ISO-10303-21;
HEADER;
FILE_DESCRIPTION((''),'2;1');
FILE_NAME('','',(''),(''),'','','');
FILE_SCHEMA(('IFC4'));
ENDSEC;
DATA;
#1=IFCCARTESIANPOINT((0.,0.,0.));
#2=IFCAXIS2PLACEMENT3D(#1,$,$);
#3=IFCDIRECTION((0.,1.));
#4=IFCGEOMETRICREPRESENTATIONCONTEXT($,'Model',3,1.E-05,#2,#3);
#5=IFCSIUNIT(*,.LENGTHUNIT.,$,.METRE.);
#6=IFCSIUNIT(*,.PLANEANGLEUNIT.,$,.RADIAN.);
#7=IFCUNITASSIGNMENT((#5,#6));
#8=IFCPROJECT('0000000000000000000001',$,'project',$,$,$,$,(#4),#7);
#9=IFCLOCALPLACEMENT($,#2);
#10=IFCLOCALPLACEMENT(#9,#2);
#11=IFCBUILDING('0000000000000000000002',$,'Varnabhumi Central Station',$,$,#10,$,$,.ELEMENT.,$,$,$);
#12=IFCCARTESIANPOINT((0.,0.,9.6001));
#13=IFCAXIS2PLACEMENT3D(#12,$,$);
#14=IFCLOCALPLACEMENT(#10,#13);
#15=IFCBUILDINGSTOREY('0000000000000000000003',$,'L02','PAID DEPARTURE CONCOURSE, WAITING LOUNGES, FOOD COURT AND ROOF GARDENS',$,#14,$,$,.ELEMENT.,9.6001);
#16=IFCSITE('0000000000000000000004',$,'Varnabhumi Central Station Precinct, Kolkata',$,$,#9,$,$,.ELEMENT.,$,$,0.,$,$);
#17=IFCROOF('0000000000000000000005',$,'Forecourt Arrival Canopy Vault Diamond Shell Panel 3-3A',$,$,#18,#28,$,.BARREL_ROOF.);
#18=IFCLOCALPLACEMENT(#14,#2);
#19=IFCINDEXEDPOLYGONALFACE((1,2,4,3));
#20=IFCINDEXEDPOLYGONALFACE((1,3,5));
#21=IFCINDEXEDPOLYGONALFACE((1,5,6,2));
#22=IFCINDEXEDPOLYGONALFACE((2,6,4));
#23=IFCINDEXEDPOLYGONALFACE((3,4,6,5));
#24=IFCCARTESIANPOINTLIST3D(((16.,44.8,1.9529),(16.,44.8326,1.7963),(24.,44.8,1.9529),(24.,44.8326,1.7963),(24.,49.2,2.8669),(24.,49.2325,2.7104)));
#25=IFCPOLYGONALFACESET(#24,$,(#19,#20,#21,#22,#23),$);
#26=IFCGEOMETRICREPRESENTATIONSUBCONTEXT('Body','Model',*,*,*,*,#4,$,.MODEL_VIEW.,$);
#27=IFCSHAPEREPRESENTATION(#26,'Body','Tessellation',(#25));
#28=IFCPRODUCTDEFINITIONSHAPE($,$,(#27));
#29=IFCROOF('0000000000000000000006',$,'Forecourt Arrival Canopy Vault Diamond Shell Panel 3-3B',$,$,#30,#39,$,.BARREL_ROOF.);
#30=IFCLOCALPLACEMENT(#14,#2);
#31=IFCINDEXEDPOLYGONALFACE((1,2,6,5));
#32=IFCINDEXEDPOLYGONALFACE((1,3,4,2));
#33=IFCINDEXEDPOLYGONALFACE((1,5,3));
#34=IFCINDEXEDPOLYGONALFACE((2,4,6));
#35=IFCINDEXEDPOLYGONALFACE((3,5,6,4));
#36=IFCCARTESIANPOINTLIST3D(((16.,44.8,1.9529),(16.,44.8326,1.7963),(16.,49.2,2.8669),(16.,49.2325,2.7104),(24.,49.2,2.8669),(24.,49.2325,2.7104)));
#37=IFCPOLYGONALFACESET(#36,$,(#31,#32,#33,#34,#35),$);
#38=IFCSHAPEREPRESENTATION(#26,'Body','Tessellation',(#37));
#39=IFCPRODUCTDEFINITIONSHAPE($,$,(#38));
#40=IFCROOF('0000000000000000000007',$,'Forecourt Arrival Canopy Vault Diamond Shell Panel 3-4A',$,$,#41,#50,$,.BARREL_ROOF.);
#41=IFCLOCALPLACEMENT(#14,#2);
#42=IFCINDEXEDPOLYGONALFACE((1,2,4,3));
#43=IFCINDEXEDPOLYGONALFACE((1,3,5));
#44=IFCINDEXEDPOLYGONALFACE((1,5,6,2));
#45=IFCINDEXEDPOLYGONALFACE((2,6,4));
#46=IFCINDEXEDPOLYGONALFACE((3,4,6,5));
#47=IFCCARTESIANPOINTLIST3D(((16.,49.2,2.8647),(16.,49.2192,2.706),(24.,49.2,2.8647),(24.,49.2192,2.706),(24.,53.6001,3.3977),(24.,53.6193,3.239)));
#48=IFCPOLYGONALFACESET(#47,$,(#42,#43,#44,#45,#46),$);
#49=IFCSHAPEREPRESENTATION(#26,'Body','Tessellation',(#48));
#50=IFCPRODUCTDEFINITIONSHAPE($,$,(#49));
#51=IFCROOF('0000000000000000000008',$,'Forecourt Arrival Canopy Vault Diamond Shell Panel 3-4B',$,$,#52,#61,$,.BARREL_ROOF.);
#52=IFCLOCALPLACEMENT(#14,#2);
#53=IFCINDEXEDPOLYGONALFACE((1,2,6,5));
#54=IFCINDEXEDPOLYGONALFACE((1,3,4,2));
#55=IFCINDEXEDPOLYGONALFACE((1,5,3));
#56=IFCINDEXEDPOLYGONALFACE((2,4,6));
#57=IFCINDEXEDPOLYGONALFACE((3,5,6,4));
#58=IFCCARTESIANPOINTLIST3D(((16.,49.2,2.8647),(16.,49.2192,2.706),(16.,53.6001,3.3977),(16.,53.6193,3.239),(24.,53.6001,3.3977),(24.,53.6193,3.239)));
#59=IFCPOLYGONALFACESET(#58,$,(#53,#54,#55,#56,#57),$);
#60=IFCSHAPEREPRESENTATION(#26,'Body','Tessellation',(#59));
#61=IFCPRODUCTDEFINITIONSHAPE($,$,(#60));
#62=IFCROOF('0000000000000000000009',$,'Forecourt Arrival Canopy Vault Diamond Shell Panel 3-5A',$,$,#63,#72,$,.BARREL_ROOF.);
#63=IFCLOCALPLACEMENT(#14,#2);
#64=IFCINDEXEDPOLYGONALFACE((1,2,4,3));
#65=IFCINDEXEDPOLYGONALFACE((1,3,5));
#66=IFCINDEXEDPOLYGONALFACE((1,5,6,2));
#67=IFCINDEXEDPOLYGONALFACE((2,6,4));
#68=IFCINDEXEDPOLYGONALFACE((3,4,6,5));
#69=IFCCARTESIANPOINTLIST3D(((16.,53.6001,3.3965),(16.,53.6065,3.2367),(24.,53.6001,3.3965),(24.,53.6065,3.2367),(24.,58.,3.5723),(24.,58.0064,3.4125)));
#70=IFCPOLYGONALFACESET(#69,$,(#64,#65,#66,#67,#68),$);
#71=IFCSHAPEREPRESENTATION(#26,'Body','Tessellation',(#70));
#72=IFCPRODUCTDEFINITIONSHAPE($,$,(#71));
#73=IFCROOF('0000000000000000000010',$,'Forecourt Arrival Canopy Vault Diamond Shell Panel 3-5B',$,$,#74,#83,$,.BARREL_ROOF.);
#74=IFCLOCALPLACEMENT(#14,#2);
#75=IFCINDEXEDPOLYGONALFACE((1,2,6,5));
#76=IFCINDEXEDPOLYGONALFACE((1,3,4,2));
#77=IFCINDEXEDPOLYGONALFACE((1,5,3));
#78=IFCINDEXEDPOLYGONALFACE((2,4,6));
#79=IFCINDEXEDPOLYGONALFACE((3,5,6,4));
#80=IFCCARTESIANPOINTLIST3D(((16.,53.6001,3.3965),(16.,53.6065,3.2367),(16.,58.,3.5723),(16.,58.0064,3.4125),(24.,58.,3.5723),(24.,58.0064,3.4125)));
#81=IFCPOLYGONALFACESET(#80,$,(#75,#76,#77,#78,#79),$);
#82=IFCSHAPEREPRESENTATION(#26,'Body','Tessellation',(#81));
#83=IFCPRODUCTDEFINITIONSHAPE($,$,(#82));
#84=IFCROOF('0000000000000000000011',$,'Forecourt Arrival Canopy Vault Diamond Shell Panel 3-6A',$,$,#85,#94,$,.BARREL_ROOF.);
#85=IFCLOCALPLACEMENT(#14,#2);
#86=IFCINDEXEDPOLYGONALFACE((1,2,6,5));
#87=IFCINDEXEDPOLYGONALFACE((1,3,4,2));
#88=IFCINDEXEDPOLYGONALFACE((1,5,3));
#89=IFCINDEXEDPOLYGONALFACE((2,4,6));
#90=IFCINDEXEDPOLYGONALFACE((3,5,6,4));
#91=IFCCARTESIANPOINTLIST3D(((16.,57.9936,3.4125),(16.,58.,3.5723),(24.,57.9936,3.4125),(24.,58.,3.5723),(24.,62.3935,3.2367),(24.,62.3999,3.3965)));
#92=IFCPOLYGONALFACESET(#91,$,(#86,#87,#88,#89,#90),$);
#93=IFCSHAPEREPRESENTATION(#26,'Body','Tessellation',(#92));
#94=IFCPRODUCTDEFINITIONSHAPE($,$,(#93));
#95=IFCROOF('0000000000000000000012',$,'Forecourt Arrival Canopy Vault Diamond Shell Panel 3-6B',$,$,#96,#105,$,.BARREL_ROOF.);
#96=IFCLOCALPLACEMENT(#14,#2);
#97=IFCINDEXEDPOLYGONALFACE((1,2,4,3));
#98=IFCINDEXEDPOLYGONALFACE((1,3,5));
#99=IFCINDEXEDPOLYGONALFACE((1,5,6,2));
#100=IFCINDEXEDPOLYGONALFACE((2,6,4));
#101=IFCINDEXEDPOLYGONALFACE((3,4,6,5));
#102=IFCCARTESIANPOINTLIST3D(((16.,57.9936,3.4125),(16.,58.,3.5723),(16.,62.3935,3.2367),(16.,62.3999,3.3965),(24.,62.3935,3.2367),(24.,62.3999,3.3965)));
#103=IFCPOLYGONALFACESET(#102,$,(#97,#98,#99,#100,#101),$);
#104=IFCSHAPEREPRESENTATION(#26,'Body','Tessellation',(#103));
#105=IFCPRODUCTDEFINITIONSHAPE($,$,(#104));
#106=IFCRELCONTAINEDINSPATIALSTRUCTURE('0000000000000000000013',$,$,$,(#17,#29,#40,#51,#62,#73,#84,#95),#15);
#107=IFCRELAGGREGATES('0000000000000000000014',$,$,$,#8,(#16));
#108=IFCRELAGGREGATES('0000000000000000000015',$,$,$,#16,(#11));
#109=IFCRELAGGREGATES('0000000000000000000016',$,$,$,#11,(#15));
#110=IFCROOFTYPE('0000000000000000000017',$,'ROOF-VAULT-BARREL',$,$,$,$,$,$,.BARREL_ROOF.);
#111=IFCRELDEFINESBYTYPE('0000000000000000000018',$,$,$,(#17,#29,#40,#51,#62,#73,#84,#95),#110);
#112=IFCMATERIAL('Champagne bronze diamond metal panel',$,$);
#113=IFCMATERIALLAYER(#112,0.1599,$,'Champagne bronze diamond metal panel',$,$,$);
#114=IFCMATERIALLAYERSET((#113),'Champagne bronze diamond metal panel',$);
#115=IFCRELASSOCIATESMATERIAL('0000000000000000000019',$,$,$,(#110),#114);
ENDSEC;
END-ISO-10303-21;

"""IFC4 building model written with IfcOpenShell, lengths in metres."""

from ifc_helpers import new_model, si_unit, direction, frame, origin, place, context, subcontext, project, spatial, polyline, outline, extrude, material, layer, layer_set, type_object, element, save


model = new_model("IFC4")

# Units and contexts
model_context = context("Model", 3, precision=1e-05, world=origin(), true_north=direction((0.0, 1.0)))
body_context = subcontext(model_context, "Body", "Model", "MODEL_VIEW")
ifc_project = project(units=[si_unit("LENGTHUNIT", "METRE"), si_unit("PLANEANGLEUNIT", "RADIAN")], contexts=[model_context])

# Site, building, storey
site_placement = place(None, origin())
site = spatial("IfcSite", under=ifc_project, at=site_placement, Name="Varnabhumi Central Station Precinct, Kolkata", CompositionType="ELEMENT", RefElevation=0.0)
building_placement = place(site_placement, origin())
building = spatial("IfcBuilding", under=site, at=building_placement, Name="Varnabhumi Central Station", CompositionType="ELEMENT")
storey_placement = place(building_placement, frame((0.0, 0.0, 9.6001)))
storey = spatial("IfcBuildingStorey", under=building, at=storey_placement, Name="L02", Description="PAID DEPARTURE CONCOURSE, WAITING LOUNGES, FOOD COURT AND ROOF GARDENS", CompositionType="ELEMENT", Elevation=9.6001)

# Roofs
ifc_material = material(Name="Champagne bronze diamond metal panel")
ifc_layer = layer(ifc_material, 0.1599, Name="Champagne bronze diamond metal panel")
ifc_layer_set = layer_set([ifc_layer], Name="Champagne bronze diamond metal panel")
roof_type = type_object("IfcRoofType", Name="ROOF-VAULT-BARREL", PredefinedType="BARREL_ROOF", material=ifc_layer_set)
roof_1_placement = place(storey_placement, frame((16.0, 44.8, 1.9529), z_axis=(0.0, -0.203403, 0.979095), x_axis=(1.0, 0.0, 0.0)))
element("IfcRoof", 1, at=roof_1_placement, inside=storey, type_object=roof_type, Name="Forecourt Arrival Canopy Vault Diamond Shell Panel 3-3A", PredefinedType="BARREL_ROOF", context=body_context, shape_type="SweptSolid", body=[
    extrude(outline(polyline([(0.0, 0.0), (8.0, 0.0), (8.0, 4.4938), (0.0, 0.0)])), origin(), (0.0, 0.0, -1.0), 0.1599),
])
roof_2_placement = place(storey_placement, frame((16.0, 44.8, 1.9529), z_axis=(0.0, -0.203403, 0.979095), x_axis=(0.871862, 0.479513, 0.099617)))
element("IfcRoof", 2, at=roof_2_placement, inside=storey, type_object=roof_type, Name="Forecourt Arrival Canopy Vault Diamond Shell Panel 3-3B", PredefinedType="BARREL_ROOF", context=body_context, shape_type="SweptSolid", body=[
    extrude(outline(polyline([(0.0, 0.0), (9.1758, 0.0), (2.2009, 3.918), (0.0, 0.0)])), origin(), (0.0, 0.0, -1.0), 0.1599),
])
roof_3_placement = place(storey_placement, frame((16.0, 49.2, 2.8647), z_axis=(0.0, -0.120244, 0.992744), x_axis=(1.0, 0.0, 0.0)))
element("IfcRoof", 3, at=roof_3_placement, inside=storey, type_object=roof_type, Name="Forecourt Arrival Canopy Vault Diamond Shell Panel 3-4A", PredefinedType="BARREL_ROOF", context=body_context, shape_type="SweptSolid", body=[
    extrude(outline(polyline([(0.0, 0.0), (8.0, 0.0), (8.0, 4.4323), (0.0, 0.0)])), origin(), (0.0, 0.0, -1.0), 0.1599),
])
roof_4_placement = place(storey_placement, frame((16.0, 49.2, 2.8647), z_axis=(0.0, -0.120244, 0.992744), x_axis=(0.87472, 0.481112, 0.058274)))
element("IfcRoof", 4, at=roof_4_placement, inside=storey, type_object=roof_type, Name="Forecourt Arrival Canopy Vault Diamond Shell Panel 3-4B", PredefinedType="BARREL_ROOF", context=body_context, shape_type="SweptSolid", body=[
    extrude(outline(polyline([(0.0, 0.0), (9.1458, 0.0), (2.148, 3.877), (0.0, 0.0)])), origin(), (0.0, 0.0, -1.0), 0.1599),
])
roof_5_placement = place(storey_placement, frame((16.0, 53.6001, 3.3965), z_axis=(0.0, -0.039919, 0.999203), x_axis=(1.0, 0.0, 0.0)))
element("IfcRoof", 5, at=roof_5_placement, inside=storey, type_object=roof_type, Name="Forecourt Arrival Canopy Vault Diamond Shell Panel 3-5A", PredefinedType="BARREL_ROOF", context=body_context, shape_type="SweptSolid", body=[
    extrude(outline(polyline([(0.0, 0.0), (8.0, 0.0), (8.0, 4.4034), (0.0, 0.0)])), origin(), (0.0, 0.0, -1.0), 0.1599),
])
roof_6_placement = place(storey_placement, frame((16.0, 53.6001, 3.3965), z_axis=(0.0, -0.039919, 0.999203), x_axis=(0.876058, 0.481821, 0.019249)))
element("IfcRoof", 6, at=roof_6_placement, inside=storey, type_object=roof_type, Name="Forecourt Arrival Canopy Vault Diamond Shell Panel 3-5B", PredefinedType="BARREL_ROOF", context=body_context, shape_type="SweptSolid", body=[
    extrude(outline(polyline([(0.0, 0.0), (9.1318, 0.0), (2.1234, 3.8576), (0.0, 0.0)])), origin(), (0.0, 0.0, -1.0), 0.1599),
])
roof_7_placement = place(storey_placement, frame((16.0, 58.0, 3.5723), z_axis=(0.0, 0.039919, 0.999203), x_axis=(1.0, 0.0, 0.0)))
element("IfcRoof", 7, at=roof_7_placement, inside=storey, type_object=roof_type, Name="Forecourt Arrival Canopy Vault Diamond Shell Panel 3-6A", PredefinedType="BARREL_ROOF", context=body_context, shape_type="SweptSolid", body=[
    extrude(outline(polyline([(0.0, 0.0), (8.0, 0.0), (8.0, 4.4034), (0.0, 0.0)])), origin(), (0.0, 0.0, -1.0), 0.1599),
])
roof_8_placement = place(storey_placement, frame((16.0, 58.0, 3.5723), z_axis=(0.0, 0.039919, 0.999203), x_axis=(0.876058, 0.481821, -0.019249)))
element("IfcRoof", 8, at=roof_8_placement, inside=storey, type_object=roof_type, Name="Forecourt Arrival Canopy Vault Diamond Shell Panel 3-6B", PredefinedType="BARREL_ROOF", context=body_context, shape_type="SweptSolid", body=[
    extrude(outline(polyline([(0.0, 0.0), (9.1318, 0.0), (2.1234, 3.8576), (0.0, 0.0)])), origin(), (0.0, 0.0, -1.0), 0.1599),
])

save(model, "model.ifc")
